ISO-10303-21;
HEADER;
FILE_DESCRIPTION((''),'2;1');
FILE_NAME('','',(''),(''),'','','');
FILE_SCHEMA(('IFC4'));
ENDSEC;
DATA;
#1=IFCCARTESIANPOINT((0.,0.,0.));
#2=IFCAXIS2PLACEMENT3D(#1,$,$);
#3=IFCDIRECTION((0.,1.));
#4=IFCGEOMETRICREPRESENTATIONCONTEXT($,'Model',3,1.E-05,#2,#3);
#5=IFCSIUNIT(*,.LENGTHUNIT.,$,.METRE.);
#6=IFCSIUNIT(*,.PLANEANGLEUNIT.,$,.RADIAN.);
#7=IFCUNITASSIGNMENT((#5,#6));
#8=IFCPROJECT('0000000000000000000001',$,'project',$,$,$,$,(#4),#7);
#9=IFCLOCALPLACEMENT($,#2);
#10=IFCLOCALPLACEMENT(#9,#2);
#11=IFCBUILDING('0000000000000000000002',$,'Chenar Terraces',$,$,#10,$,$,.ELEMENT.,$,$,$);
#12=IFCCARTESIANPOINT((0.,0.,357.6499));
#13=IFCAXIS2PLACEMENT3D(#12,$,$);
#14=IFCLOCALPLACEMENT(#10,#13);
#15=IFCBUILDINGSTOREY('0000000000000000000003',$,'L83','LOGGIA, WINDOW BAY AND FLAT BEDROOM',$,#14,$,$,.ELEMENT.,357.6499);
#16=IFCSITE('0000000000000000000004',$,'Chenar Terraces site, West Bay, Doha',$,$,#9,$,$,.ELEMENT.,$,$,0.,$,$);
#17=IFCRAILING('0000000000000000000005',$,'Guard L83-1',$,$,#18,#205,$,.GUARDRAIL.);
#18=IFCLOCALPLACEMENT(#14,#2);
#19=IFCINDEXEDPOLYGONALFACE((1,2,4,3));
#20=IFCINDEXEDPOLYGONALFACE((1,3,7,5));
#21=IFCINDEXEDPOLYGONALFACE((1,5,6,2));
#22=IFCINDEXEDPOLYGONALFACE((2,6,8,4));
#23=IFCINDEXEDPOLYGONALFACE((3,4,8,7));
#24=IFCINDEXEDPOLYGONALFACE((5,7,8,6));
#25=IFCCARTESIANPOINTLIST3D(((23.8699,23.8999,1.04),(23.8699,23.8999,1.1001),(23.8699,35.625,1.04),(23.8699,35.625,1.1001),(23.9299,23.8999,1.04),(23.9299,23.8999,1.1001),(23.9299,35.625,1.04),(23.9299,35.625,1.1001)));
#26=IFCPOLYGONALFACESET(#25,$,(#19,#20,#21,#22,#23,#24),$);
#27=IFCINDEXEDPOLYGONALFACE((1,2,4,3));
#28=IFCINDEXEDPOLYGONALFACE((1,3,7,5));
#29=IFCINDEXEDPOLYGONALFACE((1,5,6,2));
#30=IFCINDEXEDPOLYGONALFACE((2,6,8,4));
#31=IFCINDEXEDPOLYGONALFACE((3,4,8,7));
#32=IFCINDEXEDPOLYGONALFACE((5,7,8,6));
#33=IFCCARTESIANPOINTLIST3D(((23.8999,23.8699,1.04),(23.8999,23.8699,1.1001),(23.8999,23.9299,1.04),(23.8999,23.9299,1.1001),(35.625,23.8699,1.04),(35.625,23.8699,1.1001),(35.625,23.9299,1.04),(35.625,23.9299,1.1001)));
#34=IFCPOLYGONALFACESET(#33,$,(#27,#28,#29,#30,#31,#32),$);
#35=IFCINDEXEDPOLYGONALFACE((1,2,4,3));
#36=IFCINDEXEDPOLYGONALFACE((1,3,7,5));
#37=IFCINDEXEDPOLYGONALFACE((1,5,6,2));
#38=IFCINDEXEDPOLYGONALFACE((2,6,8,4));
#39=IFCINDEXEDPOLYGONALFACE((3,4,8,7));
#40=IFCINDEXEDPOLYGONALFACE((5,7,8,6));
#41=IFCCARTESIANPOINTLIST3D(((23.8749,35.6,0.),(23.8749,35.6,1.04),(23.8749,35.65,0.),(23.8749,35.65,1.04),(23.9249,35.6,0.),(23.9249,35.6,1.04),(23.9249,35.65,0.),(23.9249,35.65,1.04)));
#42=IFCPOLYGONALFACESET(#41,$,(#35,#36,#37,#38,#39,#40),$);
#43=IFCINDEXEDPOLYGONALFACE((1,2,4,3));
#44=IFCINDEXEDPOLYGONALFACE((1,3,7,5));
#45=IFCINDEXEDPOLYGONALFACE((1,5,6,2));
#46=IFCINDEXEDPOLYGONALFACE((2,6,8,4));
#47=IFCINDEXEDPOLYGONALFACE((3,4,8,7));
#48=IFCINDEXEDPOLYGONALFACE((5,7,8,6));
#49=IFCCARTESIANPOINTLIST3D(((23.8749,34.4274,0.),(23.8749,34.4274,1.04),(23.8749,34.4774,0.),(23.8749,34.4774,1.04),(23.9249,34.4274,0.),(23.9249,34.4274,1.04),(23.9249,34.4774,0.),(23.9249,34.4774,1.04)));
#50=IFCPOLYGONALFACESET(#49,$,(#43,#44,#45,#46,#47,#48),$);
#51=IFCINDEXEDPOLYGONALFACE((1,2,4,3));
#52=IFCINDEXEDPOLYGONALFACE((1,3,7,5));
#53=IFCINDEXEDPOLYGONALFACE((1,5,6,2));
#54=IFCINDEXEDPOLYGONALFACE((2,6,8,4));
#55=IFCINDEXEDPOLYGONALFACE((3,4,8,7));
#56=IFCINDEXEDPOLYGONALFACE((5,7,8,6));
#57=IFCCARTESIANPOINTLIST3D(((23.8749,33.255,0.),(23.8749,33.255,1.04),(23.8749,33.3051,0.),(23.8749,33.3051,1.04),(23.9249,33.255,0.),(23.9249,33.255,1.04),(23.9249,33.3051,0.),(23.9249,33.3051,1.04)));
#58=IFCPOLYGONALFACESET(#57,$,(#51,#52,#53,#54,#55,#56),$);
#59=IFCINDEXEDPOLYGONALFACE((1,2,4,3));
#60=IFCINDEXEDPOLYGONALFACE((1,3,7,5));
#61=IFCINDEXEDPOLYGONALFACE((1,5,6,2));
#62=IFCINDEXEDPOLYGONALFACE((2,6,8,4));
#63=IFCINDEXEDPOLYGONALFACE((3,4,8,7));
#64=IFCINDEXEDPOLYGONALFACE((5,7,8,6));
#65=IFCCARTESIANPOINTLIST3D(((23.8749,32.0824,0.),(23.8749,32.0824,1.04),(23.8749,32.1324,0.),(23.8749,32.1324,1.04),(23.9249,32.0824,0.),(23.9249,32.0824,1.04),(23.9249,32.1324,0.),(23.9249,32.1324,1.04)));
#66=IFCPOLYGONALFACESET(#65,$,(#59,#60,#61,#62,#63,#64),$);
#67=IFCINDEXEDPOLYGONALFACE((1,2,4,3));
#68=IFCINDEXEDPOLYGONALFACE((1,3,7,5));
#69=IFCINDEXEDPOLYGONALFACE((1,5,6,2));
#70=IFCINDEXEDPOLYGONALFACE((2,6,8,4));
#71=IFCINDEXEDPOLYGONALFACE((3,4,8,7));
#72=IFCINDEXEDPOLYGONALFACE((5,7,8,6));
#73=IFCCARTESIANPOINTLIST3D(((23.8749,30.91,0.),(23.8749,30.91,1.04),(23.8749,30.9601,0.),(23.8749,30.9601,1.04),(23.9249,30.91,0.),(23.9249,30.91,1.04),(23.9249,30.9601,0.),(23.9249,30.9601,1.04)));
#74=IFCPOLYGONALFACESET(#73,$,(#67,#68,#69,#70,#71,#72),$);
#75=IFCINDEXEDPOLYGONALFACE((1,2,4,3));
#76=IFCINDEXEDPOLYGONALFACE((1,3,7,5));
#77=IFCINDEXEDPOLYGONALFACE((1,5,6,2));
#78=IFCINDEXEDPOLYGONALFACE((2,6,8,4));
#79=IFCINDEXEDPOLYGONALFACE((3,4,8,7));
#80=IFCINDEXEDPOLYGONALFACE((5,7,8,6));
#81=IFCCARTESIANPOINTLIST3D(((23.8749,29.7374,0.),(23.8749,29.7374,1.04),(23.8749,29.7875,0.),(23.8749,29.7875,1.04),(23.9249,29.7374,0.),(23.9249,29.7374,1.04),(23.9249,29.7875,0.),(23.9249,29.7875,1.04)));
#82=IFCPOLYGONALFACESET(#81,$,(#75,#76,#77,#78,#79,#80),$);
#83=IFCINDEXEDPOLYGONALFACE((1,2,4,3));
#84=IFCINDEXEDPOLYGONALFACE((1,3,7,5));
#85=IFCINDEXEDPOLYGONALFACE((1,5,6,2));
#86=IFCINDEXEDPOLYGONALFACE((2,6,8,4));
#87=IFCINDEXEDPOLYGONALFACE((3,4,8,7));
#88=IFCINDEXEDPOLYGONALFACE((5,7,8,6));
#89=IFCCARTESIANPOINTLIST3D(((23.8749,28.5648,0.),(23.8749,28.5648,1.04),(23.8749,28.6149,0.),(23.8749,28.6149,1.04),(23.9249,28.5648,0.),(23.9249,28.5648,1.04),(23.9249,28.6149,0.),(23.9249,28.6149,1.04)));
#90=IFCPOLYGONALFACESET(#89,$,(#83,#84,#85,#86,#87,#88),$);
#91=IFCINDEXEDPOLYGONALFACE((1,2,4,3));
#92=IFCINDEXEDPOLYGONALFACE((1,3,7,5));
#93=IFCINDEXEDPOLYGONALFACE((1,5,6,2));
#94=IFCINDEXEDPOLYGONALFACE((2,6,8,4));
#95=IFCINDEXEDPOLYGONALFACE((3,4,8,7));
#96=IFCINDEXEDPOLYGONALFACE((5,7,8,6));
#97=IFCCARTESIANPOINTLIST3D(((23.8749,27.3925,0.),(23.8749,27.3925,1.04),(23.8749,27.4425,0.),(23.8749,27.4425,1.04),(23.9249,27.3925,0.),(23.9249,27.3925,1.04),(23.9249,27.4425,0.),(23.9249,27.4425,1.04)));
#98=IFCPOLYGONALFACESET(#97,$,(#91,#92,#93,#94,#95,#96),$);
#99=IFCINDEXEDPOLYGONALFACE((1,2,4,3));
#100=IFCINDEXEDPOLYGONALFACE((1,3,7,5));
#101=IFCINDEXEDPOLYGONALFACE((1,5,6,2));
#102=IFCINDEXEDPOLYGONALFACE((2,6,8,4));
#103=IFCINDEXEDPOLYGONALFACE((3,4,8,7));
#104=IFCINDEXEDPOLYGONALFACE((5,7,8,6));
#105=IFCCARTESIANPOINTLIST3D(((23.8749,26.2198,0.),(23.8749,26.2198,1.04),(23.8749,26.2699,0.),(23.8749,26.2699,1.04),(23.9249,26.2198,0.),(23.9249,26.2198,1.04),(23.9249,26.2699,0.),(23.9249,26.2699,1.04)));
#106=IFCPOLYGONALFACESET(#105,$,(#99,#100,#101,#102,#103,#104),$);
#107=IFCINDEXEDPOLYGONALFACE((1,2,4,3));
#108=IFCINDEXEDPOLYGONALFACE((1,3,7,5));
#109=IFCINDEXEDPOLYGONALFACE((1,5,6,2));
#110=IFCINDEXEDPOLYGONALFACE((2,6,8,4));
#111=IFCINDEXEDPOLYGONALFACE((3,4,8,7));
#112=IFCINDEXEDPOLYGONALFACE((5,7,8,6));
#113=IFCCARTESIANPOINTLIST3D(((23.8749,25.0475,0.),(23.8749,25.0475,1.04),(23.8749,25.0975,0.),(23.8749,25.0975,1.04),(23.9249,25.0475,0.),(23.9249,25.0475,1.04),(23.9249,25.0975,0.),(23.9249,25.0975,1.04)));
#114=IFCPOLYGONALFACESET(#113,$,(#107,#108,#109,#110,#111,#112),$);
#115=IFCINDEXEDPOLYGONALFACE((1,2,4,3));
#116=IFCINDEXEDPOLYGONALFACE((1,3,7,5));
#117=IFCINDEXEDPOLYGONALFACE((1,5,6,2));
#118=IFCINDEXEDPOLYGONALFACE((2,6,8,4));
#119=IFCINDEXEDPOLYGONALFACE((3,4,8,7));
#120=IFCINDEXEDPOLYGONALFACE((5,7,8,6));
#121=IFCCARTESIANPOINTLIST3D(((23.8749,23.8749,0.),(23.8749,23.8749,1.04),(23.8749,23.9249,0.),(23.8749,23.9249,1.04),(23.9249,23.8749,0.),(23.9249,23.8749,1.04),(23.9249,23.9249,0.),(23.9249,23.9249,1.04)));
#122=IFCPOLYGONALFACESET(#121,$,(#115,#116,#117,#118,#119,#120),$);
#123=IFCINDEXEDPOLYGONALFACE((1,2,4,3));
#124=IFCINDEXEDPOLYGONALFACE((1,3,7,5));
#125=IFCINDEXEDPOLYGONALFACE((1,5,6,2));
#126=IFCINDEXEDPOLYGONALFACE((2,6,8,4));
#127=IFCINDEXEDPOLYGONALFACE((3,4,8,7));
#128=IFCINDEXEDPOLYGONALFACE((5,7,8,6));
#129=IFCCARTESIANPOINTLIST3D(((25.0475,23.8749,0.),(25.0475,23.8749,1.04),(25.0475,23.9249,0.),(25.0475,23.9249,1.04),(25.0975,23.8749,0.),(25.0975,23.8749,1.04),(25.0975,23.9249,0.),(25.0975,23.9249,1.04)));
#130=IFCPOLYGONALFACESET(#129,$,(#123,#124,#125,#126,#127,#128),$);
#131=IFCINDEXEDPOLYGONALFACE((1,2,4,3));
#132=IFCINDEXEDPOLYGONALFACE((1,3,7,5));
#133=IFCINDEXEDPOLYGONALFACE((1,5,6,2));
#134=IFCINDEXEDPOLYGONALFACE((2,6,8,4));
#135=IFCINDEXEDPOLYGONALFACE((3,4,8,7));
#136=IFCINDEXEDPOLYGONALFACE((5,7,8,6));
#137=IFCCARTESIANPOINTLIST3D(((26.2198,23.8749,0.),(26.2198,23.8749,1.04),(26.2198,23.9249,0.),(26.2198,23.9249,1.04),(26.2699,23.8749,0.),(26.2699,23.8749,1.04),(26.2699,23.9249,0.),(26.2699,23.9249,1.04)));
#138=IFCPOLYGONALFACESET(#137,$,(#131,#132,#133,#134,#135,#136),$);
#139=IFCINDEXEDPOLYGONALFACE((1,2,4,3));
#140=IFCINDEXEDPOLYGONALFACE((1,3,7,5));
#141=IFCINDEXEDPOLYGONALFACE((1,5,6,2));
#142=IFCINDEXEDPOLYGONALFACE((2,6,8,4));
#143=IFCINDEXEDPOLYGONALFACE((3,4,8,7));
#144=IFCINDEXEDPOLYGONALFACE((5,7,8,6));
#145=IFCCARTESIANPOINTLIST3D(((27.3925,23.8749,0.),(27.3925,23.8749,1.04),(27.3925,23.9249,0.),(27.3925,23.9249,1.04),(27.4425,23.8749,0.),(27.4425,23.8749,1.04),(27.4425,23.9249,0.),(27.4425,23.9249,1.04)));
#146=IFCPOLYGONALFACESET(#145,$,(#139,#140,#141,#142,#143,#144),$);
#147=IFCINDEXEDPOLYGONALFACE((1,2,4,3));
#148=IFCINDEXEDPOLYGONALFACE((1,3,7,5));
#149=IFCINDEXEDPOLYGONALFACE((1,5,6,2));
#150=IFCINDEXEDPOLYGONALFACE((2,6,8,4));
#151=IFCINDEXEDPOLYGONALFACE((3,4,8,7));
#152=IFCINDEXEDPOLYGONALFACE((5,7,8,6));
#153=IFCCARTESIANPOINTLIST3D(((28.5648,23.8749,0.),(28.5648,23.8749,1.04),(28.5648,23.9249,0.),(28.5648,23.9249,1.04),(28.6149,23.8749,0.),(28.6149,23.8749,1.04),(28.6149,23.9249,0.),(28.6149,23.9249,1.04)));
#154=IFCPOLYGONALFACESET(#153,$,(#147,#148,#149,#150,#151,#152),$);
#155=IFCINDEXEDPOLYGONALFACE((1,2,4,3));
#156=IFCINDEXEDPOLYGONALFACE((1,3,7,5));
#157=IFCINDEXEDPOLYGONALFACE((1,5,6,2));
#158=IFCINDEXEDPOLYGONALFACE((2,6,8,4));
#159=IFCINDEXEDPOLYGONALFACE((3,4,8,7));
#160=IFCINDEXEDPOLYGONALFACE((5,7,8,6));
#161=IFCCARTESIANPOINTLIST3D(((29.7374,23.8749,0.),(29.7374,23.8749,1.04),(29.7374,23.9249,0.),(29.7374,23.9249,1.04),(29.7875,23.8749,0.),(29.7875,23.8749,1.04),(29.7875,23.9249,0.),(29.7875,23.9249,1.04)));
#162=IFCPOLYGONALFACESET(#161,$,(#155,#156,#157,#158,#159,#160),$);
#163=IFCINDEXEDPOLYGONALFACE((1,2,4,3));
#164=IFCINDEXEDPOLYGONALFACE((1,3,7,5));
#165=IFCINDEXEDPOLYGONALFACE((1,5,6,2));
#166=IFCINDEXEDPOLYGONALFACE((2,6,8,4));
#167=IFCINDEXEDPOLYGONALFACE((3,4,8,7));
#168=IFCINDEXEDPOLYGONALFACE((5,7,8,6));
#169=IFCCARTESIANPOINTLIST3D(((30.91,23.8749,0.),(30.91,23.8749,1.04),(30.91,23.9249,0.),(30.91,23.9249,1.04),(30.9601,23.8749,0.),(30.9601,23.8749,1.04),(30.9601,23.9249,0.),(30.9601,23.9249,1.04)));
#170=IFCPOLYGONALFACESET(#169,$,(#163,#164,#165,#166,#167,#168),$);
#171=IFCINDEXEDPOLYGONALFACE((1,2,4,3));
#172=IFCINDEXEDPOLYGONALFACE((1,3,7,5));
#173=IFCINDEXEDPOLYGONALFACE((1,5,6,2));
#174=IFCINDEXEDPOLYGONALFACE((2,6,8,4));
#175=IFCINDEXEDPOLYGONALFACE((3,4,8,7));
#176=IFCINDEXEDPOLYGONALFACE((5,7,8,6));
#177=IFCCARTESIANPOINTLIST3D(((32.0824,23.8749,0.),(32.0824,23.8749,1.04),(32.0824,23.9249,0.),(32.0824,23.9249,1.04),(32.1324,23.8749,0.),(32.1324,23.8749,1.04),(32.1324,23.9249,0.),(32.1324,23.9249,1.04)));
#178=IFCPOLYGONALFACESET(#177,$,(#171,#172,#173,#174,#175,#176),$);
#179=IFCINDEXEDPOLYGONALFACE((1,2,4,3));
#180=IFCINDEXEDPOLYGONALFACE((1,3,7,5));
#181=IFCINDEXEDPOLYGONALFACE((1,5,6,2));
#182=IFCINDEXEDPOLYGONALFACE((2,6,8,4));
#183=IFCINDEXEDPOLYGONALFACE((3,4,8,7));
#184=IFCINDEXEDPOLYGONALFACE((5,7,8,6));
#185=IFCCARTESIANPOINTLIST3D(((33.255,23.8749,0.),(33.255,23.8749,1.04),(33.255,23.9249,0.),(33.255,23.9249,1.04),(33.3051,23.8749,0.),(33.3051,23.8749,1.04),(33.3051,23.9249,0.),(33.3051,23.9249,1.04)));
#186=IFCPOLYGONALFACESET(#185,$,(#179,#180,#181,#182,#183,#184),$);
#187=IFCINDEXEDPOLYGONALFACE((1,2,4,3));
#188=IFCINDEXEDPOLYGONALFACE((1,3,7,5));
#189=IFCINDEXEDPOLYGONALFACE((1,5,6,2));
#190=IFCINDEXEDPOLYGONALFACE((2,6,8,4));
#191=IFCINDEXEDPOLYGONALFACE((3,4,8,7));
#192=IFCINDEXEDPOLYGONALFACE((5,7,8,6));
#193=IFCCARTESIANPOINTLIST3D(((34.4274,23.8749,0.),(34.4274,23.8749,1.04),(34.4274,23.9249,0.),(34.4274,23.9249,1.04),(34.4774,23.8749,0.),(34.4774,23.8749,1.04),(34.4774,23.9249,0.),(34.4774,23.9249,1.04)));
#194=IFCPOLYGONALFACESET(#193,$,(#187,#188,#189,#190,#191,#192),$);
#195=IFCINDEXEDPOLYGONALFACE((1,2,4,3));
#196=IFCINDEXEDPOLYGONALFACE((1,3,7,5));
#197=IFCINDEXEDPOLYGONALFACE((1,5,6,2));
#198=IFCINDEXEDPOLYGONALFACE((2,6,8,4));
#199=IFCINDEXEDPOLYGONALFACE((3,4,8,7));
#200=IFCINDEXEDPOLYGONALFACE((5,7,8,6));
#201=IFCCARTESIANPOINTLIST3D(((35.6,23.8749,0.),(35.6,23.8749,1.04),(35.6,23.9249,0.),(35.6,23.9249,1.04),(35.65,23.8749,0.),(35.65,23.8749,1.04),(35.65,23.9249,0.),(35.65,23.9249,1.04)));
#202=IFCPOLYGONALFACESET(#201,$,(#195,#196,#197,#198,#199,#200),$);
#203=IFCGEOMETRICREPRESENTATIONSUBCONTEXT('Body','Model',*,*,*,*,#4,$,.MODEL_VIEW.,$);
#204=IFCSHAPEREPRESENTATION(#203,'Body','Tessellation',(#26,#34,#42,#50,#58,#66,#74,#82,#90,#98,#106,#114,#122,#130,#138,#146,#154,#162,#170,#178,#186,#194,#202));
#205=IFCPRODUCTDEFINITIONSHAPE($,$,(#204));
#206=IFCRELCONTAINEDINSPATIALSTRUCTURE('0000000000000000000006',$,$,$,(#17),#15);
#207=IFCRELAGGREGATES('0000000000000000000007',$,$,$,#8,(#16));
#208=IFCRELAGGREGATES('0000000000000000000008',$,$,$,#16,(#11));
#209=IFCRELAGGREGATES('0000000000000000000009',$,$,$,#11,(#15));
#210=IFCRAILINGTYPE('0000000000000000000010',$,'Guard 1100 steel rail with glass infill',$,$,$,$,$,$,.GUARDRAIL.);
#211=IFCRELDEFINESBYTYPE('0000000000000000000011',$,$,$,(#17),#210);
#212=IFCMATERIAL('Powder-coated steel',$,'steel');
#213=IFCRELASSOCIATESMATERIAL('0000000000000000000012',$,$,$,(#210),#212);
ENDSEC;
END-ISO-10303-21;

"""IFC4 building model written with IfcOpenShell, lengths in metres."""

from ifc_helpers import new_model, si_unit, direction, frame, origin, origin_2d, place, context, subcontext, project, spatial, rectangle, extrude, material, type_object, element, save


model = new_model("IFC4")

# Units and contexts
model_context = context("Model", 3, precision=1e-05, world=origin(), true_north=direction((0.0, 1.0)))
body_context = subcontext(model_context, "Body", "Model", "MODEL_VIEW")
ifc_project = project(units=[si_unit("LENGTHUNIT", "METRE"), si_unit("PLANEANGLEUNIT", "RADIAN")], contexts=[model_context])

# Site, building, storey
site_placement = place(None, origin())
site = spatial("IfcSite", under=ifc_project, at=site_placement, Name="Chenar Terraces site, West Bay, Doha", CompositionType="ELEMENT", RefElevation=0.0)
building_placement = place(site_placement, origin())
building = spatial("IfcBuilding", under=site, at=building_placement, Name="Chenar Terraces", CompositionType="ELEMENT")
storey_placement = place(building_placement, frame((0.0, 0.0, 357.6499)))
storey = spatial("IfcBuildingStorey", under=building, at=storey_placement, Name="L83", Description="LOGGIA, WINDOW BAY AND FLAT BEDROOM", CompositionType="ELEMENT", Elevation=357.6499)

# Railing
ifc_material_1 = material(Name="Powder-coated steel", Category="steel")
railing_type = type_object("IfcRailingType", Name="Guard 1100 steel rail with glass infill", PredefinedType="GUARDRAIL", material=ifc_material_1)
railing_placement = place(storey_placement, frame((23.8999, 35.625, 0.0)))
element("IfcRailing", 1, at=railing_placement, inside=storey, type_object=railing_type, Name="Guard L83-1", PredefinedType="GUARDRAIL", context=body_context, shape_type="SweptSolid", body=[
    extrude(rectangle(XDim=0.0601, YDim=0.0601, at=origin_2d()), frame((0.0, 0.0, 1.0701), z_axis=(0.0, -1.0, 0.0), x_axis=(1.0, 0.0, 0.0)), (0.0, 0.0, 1.0), 11.7251),
    extrude(rectangle(XDim=0.0601, YDim=0.0601, at=origin_2d()), frame((0.0, -11.7251, 1.0701), z_axis=(1.0, 0.0, 0.0), x_axis=(0.0, 1.0, 0.0)), (0.0, 0.0, 1.0), 11.7251),
    extrude(rectangle(XDim=0.05, YDim=0.05, at=origin_2d()), origin(), (0.0, 0.0, 1.0), 1.04),
    extrude(rectangle(XDim=0.05, YDim=0.05, at=origin_2d()), frame((0.0, -1.1726, 0.0)), (0.0, 0.0, 1.0), 1.04),
    extrude(rectangle(XDim=0.05, YDim=0.05, at=origin_2d()), frame((0.0, -2.345, 0.0)), (0.0, 0.0, 1.0), 1.04),
    extrude(rectangle(XDim=0.05, YDim=0.05, at=origin_2d()), frame((0.0, -3.5176, 0.0)), (0.0, 0.0, 1.0), 1.04),
    extrude(rectangle(XDim=0.05, YDim=0.05, at=origin_2d()), frame((0.0, -4.6899, 0.0)), (0.0, 0.0, 1.0), 1.04),
    extrude(rectangle(XDim=0.05, YDim=0.05, at=origin_2d()), frame((0.0, -5.8625, 0.0)), (0.0, 0.0, 1.0), 1.04),
    extrude(rectangle(XDim=0.05, YDim=0.05, at=origin_2d()), frame((0.0, -7.0352, 0.0)), (0.0, 0.0, 1.0), 1.04),
    extrude(rectangle(XDim=0.05, YDim=0.05, at=origin_2d()), frame((0.0, -8.2075, 0.0)), (0.0, 0.0, 1.0), 1.04),
    extrude(rectangle(XDim=0.05, YDim=0.05, at=origin_2d()), frame((0.0, -9.3801, 0.0)), (0.0, 0.0, 1.0), 1.04),
    extrude(rectangle(XDim=0.05, YDim=0.05, at=origin_2d()), frame((0.0, -10.5525, 0.0)), (0.0, 0.0, 1.0), 1.04),
    extrude(rectangle(XDim=0.05, YDim=0.05, at=origin_2d()), frame((0.0, -11.7251, 0.0)), (0.0, 0.0, 1.0), 1.04),
    extrude(rectangle(XDim=0.05, YDim=0.05, at=origin_2d()), frame((1.1726, -11.7251, 0.0)), (0.0, 0.0, 1.0), 1.04),
    extrude(rectangle(XDim=0.05, YDim=0.05, at=origin_2d()), frame((2.345, -11.7251, 0.0)), (0.0, 0.0, 1.0), 1.04),
    extrude(rectangle(XDim=0.05, YDim=0.05, at=origin_2d()), frame((3.5176, -11.7251, 0.0)), (0.0, 0.0, 1.0), 1.04),
    extrude(rectangle(XDim=0.05, YDim=0.05, at=origin_2d()), frame((4.6899, -11.7251, 0.0)), (0.0, 0.0, 1.0), 1.04),
    extrude(rectangle(XDim=0.05, YDim=0.05, at=origin_2d()), frame((5.8625, -11.7251, 0.0)), (0.0, 0.0, 1.0), 1.04),
    extrude(rectangle(XDim=0.05, YDim=0.05, at=origin_2d()), frame((7.0352, -11.7251, 0.0)), (0.0, 0.0, 1.0), 1.04),
    extrude(rectangle(XDim=0.05, YDim=0.05, at=origin_2d()), frame((8.2075, -11.7251, 0.0)), (0.0, 0.0, 1.0), 1.04),
    extrude(rectangle(XDim=0.05, YDim=0.05, at=origin_2d()), frame((9.3801, -11.7251, 0.0)), (0.0, 0.0, 1.0), 1.04),
    extrude(rectangle(XDim=0.05, YDim=0.05, at=origin_2d()), frame((10.5525, -11.7251, 0.0)), (0.0, 0.0, 1.0), 1.04),
    extrude(rectangle(XDim=0.05, YDim=0.05, at=origin_2d()), frame((11.7251, -11.7251, 0.0)), (0.0, 0.0, 1.0), 1.04),
])

save(model, "model.ifc")
